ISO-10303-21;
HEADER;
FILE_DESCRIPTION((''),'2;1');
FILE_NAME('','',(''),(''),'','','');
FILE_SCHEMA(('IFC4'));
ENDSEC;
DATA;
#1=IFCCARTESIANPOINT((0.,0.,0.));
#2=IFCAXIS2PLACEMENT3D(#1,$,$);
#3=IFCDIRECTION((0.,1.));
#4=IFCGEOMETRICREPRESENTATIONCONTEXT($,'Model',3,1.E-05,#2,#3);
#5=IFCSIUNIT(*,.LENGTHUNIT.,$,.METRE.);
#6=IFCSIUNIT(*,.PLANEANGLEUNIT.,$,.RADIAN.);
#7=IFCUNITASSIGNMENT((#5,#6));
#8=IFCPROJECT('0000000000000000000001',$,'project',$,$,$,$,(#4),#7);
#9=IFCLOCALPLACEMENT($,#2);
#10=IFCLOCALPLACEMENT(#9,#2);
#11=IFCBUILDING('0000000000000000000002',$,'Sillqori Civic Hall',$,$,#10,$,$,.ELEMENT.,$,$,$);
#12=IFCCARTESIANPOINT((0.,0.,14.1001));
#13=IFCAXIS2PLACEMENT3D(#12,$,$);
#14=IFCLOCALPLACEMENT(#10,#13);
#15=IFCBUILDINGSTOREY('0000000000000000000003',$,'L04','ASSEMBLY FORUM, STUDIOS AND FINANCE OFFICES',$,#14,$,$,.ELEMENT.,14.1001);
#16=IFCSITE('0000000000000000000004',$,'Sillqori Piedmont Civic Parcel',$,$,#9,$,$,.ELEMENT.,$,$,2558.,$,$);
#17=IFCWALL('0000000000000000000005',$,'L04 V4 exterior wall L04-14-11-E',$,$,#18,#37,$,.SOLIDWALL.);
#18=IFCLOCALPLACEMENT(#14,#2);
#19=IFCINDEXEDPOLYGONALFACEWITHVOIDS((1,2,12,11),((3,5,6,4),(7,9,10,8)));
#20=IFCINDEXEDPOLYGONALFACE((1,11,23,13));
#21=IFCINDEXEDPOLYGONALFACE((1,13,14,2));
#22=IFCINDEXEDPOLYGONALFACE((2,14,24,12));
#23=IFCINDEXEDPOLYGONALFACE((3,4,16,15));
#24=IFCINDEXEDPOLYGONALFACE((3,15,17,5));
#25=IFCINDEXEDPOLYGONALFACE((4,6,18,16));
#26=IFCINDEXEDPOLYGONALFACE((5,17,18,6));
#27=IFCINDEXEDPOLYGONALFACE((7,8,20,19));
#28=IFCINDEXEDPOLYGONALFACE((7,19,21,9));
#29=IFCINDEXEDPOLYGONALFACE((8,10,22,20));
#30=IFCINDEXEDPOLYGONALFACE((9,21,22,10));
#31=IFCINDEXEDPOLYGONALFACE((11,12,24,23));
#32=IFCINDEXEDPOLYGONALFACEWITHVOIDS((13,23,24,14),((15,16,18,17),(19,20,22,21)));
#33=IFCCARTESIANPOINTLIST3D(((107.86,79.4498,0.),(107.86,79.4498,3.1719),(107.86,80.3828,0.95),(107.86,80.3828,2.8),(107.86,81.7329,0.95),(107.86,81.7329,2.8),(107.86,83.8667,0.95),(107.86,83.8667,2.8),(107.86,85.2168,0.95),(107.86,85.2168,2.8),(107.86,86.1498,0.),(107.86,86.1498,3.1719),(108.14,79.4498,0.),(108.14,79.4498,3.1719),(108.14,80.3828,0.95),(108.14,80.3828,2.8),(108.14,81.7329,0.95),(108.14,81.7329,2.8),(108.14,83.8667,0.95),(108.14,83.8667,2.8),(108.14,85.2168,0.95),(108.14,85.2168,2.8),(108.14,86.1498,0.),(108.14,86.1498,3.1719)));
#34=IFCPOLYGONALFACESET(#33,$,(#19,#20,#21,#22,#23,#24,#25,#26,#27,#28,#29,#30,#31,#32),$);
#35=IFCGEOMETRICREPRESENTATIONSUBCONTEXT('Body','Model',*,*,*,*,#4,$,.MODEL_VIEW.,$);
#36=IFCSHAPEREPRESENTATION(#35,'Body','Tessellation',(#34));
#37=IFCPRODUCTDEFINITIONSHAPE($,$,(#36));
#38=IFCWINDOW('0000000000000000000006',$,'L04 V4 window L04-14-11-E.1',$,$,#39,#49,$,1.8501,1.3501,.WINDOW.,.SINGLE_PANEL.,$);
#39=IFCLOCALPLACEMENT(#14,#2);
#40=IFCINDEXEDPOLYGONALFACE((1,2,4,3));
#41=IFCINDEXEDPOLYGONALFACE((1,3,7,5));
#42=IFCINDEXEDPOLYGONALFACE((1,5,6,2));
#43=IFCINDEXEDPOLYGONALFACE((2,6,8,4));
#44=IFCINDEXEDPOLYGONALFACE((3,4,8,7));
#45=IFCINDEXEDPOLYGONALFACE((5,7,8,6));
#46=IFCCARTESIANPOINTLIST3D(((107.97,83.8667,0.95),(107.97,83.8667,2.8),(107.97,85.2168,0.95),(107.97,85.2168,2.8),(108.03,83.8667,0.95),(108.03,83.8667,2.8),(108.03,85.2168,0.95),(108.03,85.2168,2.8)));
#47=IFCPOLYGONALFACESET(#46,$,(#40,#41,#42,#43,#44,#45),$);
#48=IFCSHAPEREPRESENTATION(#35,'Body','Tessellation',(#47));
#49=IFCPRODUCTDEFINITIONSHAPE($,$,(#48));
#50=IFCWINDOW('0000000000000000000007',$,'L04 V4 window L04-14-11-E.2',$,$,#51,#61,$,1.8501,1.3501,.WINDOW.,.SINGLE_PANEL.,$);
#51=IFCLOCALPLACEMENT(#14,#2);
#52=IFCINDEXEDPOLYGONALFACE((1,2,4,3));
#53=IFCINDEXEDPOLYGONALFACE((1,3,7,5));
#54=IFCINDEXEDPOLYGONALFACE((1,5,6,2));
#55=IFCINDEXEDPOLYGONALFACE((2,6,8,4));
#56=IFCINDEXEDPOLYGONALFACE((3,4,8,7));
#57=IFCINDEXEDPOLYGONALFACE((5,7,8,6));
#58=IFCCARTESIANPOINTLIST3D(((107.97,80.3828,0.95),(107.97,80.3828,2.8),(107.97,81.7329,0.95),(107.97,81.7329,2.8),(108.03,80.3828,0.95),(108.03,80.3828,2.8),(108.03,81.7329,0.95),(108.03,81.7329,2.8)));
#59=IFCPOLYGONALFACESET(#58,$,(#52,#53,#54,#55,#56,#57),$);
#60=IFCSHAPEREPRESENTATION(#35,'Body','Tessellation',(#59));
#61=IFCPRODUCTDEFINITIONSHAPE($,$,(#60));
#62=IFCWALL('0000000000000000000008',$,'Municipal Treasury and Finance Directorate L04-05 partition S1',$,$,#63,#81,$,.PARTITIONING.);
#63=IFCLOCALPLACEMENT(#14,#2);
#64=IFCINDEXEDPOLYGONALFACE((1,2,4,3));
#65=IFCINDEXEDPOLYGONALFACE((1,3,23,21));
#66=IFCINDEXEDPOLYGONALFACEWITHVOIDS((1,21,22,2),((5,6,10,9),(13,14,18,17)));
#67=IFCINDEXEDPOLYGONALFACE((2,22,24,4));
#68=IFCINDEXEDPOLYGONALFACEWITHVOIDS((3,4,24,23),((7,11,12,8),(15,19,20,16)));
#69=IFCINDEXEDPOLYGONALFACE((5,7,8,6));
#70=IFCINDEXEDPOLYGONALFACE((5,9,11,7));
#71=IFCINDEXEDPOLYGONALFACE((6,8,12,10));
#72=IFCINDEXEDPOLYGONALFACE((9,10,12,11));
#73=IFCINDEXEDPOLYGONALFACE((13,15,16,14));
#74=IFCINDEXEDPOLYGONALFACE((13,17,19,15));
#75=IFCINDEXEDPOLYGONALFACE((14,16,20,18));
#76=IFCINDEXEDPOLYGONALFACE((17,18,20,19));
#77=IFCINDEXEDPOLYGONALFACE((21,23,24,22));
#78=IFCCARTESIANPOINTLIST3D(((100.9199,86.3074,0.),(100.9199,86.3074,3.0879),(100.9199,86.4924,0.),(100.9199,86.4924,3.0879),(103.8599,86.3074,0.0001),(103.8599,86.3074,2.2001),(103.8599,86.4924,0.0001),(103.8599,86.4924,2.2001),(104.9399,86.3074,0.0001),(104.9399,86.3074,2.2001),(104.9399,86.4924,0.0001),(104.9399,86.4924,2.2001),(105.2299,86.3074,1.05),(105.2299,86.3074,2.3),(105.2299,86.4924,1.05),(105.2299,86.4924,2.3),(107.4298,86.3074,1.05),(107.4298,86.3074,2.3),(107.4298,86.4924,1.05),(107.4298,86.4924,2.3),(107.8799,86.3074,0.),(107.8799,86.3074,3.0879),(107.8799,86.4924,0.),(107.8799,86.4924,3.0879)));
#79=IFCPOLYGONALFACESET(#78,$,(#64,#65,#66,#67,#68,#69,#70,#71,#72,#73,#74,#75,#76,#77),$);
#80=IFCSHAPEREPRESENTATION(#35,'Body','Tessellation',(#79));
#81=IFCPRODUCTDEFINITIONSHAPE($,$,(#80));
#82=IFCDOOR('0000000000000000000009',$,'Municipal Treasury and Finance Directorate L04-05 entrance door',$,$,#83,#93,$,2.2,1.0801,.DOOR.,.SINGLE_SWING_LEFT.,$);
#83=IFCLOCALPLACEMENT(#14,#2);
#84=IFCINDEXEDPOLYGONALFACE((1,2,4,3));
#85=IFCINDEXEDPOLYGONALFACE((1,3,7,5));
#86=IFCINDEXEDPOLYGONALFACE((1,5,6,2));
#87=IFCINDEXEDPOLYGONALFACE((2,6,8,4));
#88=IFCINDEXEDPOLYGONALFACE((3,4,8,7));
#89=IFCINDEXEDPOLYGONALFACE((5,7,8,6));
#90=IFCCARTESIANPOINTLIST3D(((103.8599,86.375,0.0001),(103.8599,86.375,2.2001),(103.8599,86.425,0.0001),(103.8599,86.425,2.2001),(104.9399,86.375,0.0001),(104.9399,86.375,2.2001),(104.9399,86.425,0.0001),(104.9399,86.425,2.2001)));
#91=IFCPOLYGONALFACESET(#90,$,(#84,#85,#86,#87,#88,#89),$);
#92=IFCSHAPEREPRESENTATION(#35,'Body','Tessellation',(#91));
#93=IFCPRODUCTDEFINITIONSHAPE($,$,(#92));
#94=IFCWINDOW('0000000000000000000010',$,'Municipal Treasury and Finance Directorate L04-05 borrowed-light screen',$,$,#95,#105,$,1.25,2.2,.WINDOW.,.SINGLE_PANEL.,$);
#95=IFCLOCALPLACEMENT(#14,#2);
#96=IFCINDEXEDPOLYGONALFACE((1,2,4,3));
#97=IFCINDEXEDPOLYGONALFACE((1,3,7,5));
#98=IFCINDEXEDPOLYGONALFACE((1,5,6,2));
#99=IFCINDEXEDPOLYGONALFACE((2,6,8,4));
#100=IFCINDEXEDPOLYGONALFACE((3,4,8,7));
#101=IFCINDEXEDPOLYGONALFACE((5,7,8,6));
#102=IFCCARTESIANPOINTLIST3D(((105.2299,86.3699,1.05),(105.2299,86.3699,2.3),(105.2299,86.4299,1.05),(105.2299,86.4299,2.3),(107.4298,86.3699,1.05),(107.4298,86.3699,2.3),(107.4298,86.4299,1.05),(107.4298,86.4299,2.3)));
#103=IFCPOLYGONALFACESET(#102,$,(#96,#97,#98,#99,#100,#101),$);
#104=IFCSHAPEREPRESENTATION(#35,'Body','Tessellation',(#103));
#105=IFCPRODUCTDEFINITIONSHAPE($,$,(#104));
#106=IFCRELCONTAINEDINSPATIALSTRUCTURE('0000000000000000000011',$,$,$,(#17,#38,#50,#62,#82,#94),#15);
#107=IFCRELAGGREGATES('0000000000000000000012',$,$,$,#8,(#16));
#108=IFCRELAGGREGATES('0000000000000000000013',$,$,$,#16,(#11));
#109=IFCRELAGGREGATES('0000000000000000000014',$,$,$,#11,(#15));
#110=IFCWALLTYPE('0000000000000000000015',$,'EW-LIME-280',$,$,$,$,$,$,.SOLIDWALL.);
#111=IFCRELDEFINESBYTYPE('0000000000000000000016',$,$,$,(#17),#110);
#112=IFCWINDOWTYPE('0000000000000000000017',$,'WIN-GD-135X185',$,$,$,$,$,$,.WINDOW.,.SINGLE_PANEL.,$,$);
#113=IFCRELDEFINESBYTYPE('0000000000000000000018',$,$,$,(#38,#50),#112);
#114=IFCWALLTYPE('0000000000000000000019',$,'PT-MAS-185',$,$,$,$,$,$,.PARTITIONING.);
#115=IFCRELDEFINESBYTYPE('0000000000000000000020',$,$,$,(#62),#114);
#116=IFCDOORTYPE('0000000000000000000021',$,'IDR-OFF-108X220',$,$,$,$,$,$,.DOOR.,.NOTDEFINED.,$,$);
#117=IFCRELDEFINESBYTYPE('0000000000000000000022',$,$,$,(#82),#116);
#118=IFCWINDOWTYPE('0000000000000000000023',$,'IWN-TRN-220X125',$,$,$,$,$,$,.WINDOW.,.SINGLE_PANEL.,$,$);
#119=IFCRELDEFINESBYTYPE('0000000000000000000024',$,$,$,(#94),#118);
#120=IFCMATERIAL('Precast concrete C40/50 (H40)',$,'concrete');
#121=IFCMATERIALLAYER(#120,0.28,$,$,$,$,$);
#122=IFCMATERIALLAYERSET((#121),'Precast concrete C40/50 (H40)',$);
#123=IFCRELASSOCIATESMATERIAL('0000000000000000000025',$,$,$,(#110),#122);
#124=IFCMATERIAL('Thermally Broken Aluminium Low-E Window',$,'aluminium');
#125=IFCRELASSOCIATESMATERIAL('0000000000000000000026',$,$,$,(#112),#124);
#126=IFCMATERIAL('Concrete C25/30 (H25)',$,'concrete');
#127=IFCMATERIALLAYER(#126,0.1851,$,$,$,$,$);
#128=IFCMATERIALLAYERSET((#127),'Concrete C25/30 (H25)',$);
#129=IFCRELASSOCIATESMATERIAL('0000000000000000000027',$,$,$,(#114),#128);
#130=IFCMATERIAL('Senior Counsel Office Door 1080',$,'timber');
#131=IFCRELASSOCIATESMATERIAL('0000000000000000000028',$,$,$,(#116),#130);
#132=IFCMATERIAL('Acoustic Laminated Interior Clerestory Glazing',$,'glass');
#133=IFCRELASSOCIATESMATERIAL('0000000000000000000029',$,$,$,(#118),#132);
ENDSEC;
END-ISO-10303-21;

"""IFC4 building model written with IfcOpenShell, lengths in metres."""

from ifc_helpers import new_model, si_unit, direction, frame, frame_2d, origin, place, context, subcontext, project, spatial, rectangle, extrude, material, layer, layer_set, type_object, element, fill, save


model = new_model("IFC4")

# Units and contexts
model_context = context("Model", 3, precision=1e-05, world=origin(), true_north=direction((0.0, 1.0)))
body_context = subcontext(model_context, "Body", "Model", "MODEL_VIEW")
ifc_project = project(units=[si_unit("LENGTHUNIT", "METRE"), si_unit("PLANEANGLEUNIT", "RADIAN")], contexts=[model_context])

# Site, building, storey
site_placement = place(None, origin())
site = spatial("IfcSite", under=ifc_project, at=site_placement, Name="Sillqori Piedmont Civic Parcel", CompositionType="ELEMENT", RefElevation=2558.0)
building_placement = place(site_placement, origin())
building = spatial("IfcBuilding", under=site, at=building_placement, Name="Sillqori Civic Hall", CompositionType="ELEMENT")
storey_placement = place(building_placement, frame((0.0, 0.0, 14.1001)))
storey = spatial("IfcBuildingStorey", under=building, at=storey_placement, Name="L04", Description="ASSEMBLY FORUM, STUDIOS AND FINANCE OFFICES", CompositionType="ELEMENT", Elevation=14.1001)

# Wall, openings, windows
ifc_material_1 = material(Name="Precast concrete C40/50 (H40)", Category="concrete")
ifc_layer_1 = layer(ifc_material_1, 0.28)
ifc_layer_set_1 = layer_set([ifc_layer_1], Name="Precast concrete C40/50 (H40)")
wall_type_1 = type_object("IfcWallType", Name="EW-LIME-280", PredefinedType="SOLIDWALL", material=ifc_layer_set_1)
wall_1_placement = place(storey_placement, frame((108.0, 86.1499, 0.0), z_axis=(0.0, 0.0, 1.0), x_axis=(0.0, -1.0, 0.0)))
wall_1 = element("IfcWall", 1, at=wall_1_placement, inside=storey, type_object=wall_type_1, Name="L04 V4 exterior wall L04-14-11-E", PredefinedType="SOLIDWALL", context=body_context, shape_type="SweptSolid", body=[
    extrude(rectangle(XDim=6.7, YDim=0.28, at=frame_2d((3.3501, 0.0))), origin(), (0.0, 0.0, 1.0), 3.1719),
])
opening_1_placement = place(wall_1_placement, frame((0.9331, 0.0, 0.95)))
opening_1 = element("IfcOpeningElement", 2, at=opening_1_placement, cuts=wall_1, PredefinedType="OPENING", context=body_context, shape_type="SweptSolid", body=[
    extrude(rectangle(XDim=1.3501, YDim=1.8501, at=frame_2d((0.675, 0.925))), frame((0.0, 0.1499, 0.0), z_axis=(0.0, -1.0, 0.0), x_axis=(1.0, 0.0, 0.0)), (0.0, 0.0, 1.0), 0.3),
])
opening_2_placement = place(wall_1_placement, frame((4.417, 0.0, 0.95)))
opening_2 = element("IfcOpeningElement", 3, at=opening_2_placement, cuts=wall_1, PredefinedType="OPENING", context=body_context, shape_type="SweptSolid", body=[
    extrude(rectangle(XDim=1.3501, YDim=1.8501, at=frame_2d((0.675, 0.925))), frame((0.0, 0.1499, 0.0), z_axis=(0.0, -1.0, 0.0), x_axis=(1.0, 0.0, 0.0)), (0.0, 0.0, 1.0), 0.3),
])
ifc_material_2 = material(Name="Thermally Broken Aluminium Low-E Window", Category="aluminium")
window_type_1 = type_object("IfcWindowType", Name="WIN-GD-135X185", PartitioningType="SINGLE_PANEL", PredefinedType="WINDOW", material=ifc_material_2)
window_1_placement = place(opening_1_placement, origin())
window_1 = element("IfcWindow", 4, at=window_1_placement, inside=storey, type_object=window_type_1, Name="L04 V4 window L04-14-11-E.1", OverallHeight=1.8501, OverallWidth=1.3501, PartitioningType="SINGLE_PANEL", PredefinedType="WINDOW", context=body_context, shape_type="SweptSolid", body=[
    extrude(rectangle(XDim=1.3501, YDim=1.8501, at=frame_2d((0.675, 0.925))), frame((0.0, 0.03, 0.0), z_axis=(0.0, -1.0, 0.0), x_axis=(1.0, 0.0, 0.0)), (0.0, 0.0, 1.0), 0.0601),
])
fill(opening_1, window_1)
window_2_placement = place(opening_2_placement, origin())
window_2 = element("IfcWindow", 5, at=window_2_placement, inside=storey, type_object=window_type_1, Name="L04 V4 window L04-14-11-E.2", OverallHeight=1.8501, OverallWidth=1.3501, PartitioningType="SINGLE_PANEL", PredefinedType="WINDOW", context=body_context, shape_type="SweptSolid", body=[
    extrude(rectangle(XDim=1.3501, YDim=1.8501, at=frame_2d((0.675, 0.925))), frame((0.0, 0.03, 0.0), z_axis=(0.0, -1.0, 0.0), x_axis=(1.0, 0.0, 0.0)), (0.0, 0.0, 1.0), 0.0601),
])
fill(opening_2, window_2)

# Wall, openings, door, window
ifc_material_3 = material(Name="Concrete C25/30 (H25)", Category="concrete")
ifc_layer_2 = layer(ifc_material_3, 0.1851)
ifc_layer_set_2 = layer_set([ifc_layer_2], Name="Concrete C25/30 (H25)")
wall_type_2 = type_object("IfcWallType", Name="PT-MAS-185", PredefinedType="PARTITIONING", material=ifc_layer_set_2)
wall_2_placement = place(storey_placement, frame((107.8799, 86.3999, 0.0), z_axis=(0.0, 0.0, 1.0), x_axis=(-1.0, 0.0, 0.0)))
wall_2 = element("IfcWall", 6, at=wall_2_placement, inside=storey, type_object=wall_type_2, Name="Municipal Treasury and Finance Directorate L04-05 partition S1", PredefinedType="PARTITIONING", context=body_context, shape_type="SweptSolid", body=[
    extrude(rectangle(XDim=6.96, YDim=0.1851, at=frame_2d((3.48, 0.0))), origin(), (0.0, 0.0, 1.0), 3.0879),
])
opening_3_placement = place(wall_2_placement, frame((2.9399, 0.0, 0.0)))
opening_3 = element("IfcOpeningElement", 7, at=opening_3_placement, cuts=wall_2, PredefinedType="OPENING", context=body_context, shape_type="SweptSolid", body=[
    extrude(rectangle(XDim=1.0801, YDim=2.2, at=frame_2d((0.54, 1.1001))), frame((0.0, 0.1025, 0.0), z_axis=(0.0, -1.0, 0.0), x_axis=(1.0, 0.0, 0.0)), (0.0, 0.0, 1.0), 0.2051),
])
opening_4_placement = place(wall_2_placement, frame((0.45, 0.0, 1.05)))
opening_4 = element("IfcOpeningElement", 8, at=opening_4_placement, cuts=wall_2, PredefinedType="OPENING", context=body_context, shape_type="SweptSolid", body=[
    extrude(rectangle(XDim=2.2, YDim=1.25, at=frame_2d((1.1001, 0.625))), frame((0.0, 0.1025, 0.0), z_axis=(0.0, -1.0, 0.0), x_axis=(1.0, 0.0, 0.0)), (0.0, 0.0, 1.0), 0.2051),
])
ifc_material_4 = material(Name="Senior Counsel Office Door 1080", Category="timber")
door_type = type_object("IfcDoorType", Name="IDR-OFF-108X220", OperationType="NOTDEFINED", PredefinedType="DOOR", material=ifc_material_4)
door_placement = place(opening_3_placement, origin())
door = element("IfcDoor", 9, at=door_placement, inside=storey, type_object=door_type, Name="Municipal Treasury and Finance Directorate L04-05 entrance door", OperationType="SINGLE_SWING_LEFT", OverallHeight=2.2, OverallWidth=1.0801, PredefinedType="DOOR", context=body_context, shape_type="SweptSolid", body=[
    extrude(rectangle(XDim=1.0801, YDim=2.2, at=frame_2d((0.54, 1.1001))), frame((0.0, 0.0249, 0.0), z_axis=(0.0, -1.0, 0.0), x_axis=(1.0, 0.0, 0.0)), (0.0, 0.0, 1.0), 0.05),
])
fill(opening_3, door)
ifc_material_5 = material(Name="Acoustic Laminated Interior Clerestory Glazing", Category="glass")
window_type_2 = type_object("IfcWindowType", Name="IWN-TRN-220X125", PartitioningType="SINGLE_PANEL", PredefinedType="WINDOW", material=ifc_material_5)
window_3_placement = place(opening_4_placement, origin())
window_3 = element("IfcWindow", 10, at=window_3_placement, inside=storey, type_object=window_type_2, Name="Municipal Treasury and Finance Directorate L04-05 borrowed-light screen", OverallHeight=1.25, OverallWidth=2.2, PartitioningType="SINGLE_PANEL", PredefinedType="WINDOW", context=body_context, shape_type="SweptSolid", body=[
    extrude(rectangle(XDim=2.2, YDim=1.25, at=frame_2d((1.1001, 0.625))), frame((0.0, 0.03, 0.0), z_axis=(0.0, -1.0, 0.0), x_axis=(1.0, 0.0, 0.0)), (0.0, 0.0, 1.0), 0.0601),
])
fill(opening_4, window_3)

save(model, "model.ifc")
